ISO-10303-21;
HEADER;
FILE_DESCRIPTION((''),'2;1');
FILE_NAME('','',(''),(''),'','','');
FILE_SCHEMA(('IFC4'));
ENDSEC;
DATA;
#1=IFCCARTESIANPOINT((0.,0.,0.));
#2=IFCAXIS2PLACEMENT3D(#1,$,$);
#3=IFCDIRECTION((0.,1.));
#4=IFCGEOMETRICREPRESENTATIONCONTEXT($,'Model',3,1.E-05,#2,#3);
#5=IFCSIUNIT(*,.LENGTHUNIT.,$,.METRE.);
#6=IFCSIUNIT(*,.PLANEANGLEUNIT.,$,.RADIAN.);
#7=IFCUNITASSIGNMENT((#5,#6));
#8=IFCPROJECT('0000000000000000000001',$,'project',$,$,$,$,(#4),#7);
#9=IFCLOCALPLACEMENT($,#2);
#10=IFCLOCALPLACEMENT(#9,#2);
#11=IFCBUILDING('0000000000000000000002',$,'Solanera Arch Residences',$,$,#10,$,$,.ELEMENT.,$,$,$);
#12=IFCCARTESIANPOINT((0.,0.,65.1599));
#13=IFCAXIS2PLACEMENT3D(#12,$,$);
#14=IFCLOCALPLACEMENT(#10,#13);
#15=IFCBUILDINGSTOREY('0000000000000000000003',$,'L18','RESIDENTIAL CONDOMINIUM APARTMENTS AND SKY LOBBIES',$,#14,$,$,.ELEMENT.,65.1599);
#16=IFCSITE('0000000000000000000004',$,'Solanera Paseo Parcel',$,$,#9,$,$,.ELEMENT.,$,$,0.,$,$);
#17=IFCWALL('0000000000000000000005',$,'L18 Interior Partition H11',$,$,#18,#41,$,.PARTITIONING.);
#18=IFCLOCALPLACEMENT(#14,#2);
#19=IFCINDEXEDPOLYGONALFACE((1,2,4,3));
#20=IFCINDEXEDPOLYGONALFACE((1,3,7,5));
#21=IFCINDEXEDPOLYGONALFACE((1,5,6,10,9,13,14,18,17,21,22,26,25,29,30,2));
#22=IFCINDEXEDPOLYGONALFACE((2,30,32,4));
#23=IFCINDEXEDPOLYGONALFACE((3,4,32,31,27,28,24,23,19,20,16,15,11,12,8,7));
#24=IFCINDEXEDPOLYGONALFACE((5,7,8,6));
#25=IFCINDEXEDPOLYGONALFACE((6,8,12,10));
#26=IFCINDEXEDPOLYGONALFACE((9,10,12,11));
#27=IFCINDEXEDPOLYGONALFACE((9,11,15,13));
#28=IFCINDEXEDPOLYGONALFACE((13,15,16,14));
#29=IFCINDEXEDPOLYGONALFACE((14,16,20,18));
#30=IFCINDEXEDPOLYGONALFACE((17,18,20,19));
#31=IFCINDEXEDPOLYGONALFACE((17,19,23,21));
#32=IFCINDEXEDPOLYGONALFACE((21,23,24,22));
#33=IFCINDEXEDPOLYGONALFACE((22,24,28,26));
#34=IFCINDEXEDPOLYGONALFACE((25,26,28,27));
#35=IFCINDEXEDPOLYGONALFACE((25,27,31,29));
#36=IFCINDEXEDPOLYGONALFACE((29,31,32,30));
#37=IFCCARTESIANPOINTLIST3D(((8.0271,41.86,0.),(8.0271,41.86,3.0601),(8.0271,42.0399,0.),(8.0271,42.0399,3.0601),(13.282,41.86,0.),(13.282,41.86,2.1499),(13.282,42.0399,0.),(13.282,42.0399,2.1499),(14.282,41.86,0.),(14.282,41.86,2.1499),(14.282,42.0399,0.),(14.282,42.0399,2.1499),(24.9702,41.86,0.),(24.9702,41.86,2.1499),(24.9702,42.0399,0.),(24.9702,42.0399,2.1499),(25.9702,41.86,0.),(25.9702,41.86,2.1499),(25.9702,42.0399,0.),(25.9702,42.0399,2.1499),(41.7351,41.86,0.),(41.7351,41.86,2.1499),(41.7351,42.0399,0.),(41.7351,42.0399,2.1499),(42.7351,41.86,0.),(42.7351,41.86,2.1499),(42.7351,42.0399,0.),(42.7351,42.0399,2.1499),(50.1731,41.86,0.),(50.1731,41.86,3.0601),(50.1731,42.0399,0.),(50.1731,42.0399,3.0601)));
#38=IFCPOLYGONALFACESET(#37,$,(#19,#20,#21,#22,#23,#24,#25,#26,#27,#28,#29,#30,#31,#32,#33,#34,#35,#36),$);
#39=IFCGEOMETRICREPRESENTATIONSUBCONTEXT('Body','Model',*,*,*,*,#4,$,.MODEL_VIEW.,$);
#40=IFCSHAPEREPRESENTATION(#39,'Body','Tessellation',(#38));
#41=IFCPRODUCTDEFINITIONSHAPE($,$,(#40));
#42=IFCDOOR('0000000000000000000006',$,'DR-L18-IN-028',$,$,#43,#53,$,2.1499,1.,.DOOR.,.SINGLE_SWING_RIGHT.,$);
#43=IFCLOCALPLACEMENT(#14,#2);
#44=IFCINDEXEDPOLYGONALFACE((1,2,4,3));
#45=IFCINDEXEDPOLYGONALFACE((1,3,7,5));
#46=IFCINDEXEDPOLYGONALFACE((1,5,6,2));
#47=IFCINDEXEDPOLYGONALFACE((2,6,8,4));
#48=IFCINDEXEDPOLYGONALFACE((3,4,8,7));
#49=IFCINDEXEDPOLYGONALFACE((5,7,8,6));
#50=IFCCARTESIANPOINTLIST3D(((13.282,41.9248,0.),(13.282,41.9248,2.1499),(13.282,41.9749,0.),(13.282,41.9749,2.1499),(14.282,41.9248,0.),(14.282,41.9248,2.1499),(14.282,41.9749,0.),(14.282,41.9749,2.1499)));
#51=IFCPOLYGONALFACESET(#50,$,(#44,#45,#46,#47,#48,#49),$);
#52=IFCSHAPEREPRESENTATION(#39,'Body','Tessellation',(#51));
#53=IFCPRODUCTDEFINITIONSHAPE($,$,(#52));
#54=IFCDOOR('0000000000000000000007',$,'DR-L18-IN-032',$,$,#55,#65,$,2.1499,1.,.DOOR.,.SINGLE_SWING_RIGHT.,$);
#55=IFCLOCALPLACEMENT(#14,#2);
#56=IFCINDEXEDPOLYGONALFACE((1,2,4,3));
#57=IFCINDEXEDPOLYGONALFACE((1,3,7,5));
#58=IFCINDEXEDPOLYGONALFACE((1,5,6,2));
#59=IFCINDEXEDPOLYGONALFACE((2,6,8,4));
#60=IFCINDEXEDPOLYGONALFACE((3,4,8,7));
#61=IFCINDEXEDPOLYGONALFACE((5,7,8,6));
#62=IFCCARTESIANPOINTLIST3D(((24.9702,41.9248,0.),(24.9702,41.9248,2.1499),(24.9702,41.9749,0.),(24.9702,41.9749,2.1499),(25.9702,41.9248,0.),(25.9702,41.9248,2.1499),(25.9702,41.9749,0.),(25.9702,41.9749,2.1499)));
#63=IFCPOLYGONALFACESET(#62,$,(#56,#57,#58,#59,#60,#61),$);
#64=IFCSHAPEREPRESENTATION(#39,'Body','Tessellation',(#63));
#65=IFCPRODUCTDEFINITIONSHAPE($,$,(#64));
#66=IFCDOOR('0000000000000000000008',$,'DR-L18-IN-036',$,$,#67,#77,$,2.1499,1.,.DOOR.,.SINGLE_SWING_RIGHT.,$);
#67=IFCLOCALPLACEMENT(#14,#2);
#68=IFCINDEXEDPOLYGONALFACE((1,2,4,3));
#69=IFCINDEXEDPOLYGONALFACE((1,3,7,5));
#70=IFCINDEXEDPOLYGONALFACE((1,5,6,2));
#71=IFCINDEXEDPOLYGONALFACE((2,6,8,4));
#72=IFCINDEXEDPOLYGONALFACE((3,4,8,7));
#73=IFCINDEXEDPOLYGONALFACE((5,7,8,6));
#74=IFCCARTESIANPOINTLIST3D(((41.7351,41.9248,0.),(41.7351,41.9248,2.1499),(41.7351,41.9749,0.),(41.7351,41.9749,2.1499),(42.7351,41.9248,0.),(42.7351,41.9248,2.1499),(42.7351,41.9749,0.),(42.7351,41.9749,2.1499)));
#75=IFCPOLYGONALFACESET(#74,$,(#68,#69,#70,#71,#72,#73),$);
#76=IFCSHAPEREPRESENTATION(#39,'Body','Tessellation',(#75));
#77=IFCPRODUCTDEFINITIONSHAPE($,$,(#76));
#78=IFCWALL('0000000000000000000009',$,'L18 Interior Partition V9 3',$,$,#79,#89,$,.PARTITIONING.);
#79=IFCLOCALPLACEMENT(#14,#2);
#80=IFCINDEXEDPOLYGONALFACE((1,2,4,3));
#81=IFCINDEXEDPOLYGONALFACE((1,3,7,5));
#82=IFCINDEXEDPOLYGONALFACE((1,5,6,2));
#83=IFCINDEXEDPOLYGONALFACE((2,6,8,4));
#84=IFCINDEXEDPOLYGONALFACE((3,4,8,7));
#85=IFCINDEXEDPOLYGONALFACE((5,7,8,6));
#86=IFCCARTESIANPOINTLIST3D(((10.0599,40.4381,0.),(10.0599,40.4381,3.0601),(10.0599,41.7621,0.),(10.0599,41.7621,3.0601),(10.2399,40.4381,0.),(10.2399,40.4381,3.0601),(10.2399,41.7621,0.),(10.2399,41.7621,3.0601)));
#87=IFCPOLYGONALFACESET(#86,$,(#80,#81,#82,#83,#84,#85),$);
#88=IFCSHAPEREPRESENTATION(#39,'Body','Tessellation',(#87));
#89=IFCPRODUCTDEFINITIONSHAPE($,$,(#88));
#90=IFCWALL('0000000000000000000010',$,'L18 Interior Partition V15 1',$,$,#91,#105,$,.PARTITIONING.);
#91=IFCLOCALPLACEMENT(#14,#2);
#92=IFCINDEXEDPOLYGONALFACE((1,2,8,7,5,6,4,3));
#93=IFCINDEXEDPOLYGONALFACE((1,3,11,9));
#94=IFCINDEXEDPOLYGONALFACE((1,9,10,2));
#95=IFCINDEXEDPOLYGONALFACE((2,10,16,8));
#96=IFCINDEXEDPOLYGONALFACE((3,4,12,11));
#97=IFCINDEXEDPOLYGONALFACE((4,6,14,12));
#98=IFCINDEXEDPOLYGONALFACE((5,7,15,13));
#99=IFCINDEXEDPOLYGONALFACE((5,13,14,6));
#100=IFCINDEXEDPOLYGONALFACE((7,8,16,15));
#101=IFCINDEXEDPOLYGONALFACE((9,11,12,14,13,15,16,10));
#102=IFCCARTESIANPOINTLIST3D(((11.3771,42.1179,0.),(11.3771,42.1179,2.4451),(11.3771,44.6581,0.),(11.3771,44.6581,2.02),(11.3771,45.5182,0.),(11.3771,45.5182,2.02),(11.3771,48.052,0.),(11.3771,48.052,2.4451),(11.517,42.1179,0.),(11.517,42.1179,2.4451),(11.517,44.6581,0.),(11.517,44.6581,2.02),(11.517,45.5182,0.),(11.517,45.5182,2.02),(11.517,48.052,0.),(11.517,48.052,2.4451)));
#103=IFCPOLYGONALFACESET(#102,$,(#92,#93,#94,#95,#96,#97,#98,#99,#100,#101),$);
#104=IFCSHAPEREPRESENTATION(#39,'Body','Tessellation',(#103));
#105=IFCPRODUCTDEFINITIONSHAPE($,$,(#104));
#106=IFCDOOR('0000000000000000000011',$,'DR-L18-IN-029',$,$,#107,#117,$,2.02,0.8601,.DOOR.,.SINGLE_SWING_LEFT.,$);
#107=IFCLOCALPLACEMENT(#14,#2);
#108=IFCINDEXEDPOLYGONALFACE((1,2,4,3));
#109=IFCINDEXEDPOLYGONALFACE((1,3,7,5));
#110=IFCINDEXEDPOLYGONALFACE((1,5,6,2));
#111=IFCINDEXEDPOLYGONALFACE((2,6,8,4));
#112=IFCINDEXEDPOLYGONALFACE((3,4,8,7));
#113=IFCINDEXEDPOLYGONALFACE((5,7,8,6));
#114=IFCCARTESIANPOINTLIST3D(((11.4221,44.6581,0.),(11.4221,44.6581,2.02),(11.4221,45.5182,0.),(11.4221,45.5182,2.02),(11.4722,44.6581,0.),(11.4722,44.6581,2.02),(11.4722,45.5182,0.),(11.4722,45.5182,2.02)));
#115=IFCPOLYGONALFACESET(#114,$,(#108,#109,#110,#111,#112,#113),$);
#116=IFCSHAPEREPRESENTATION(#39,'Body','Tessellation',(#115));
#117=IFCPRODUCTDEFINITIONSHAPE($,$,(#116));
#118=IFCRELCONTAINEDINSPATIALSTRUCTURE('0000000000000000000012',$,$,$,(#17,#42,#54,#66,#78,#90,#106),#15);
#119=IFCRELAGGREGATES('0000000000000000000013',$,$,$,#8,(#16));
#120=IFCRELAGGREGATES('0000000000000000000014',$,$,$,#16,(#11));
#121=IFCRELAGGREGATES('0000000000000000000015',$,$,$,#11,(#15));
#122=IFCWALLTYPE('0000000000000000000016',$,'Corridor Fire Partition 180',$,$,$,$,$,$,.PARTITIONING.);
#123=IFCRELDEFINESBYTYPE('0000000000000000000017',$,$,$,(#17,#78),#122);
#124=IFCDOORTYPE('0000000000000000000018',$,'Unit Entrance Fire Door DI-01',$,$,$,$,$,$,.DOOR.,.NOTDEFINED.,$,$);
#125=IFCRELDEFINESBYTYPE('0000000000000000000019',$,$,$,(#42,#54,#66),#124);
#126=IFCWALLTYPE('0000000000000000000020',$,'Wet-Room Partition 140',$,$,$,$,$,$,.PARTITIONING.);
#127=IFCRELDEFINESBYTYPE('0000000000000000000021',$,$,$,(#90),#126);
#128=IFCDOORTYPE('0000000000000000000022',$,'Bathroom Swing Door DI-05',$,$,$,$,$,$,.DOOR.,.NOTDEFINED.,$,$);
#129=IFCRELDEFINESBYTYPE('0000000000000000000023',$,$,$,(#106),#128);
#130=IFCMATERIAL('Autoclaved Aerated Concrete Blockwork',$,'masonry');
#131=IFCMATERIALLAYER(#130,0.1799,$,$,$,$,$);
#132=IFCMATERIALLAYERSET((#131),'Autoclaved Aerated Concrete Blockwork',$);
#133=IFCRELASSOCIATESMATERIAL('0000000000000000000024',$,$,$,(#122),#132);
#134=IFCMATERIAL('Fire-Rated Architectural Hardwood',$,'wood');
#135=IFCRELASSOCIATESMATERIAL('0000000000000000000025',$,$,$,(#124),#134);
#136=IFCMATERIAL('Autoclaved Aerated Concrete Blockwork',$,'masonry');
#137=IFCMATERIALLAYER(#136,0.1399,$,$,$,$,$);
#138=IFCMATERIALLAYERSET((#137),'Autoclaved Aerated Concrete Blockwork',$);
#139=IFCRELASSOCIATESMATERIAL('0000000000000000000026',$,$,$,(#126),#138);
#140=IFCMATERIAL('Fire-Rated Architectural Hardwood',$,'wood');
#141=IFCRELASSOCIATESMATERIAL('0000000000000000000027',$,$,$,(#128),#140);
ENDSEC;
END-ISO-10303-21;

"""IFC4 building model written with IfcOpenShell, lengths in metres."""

from ifc_helpers import new_model, si_unit, direction, frame, frame_2d, origin, place, context, subcontext, project, spatial, rectangle, extrude, material, layer, layer_set, type_object, element, fill, save


model = new_model("IFC4")

# Units and contexts
model_context = context("Model", 3, precision=1e-05, world=origin(), true_north=direction((0.0, 1.0)))
body_context = subcontext(model_context, "Body", "Model", "MODEL_VIEW")
ifc_project = project(units=[si_unit("LENGTHUNIT", "METRE"), si_unit("PLANEANGLEUNIT", "RADIAN")], contexts=[model_context])

# Site, building, storey
site_placement = place(None, origin())
site = spatial("IfcSite", under=ifc_project, at=site_placement, Name="Solanera Paseo Parcel", CompositionType="ELEMENT", RefElevation=0.0)
building_placement = place(site_placement, origin())
building = spatial("IfcBuilding", under=site, at=building_placement, Name="Solanera Arch Residences", CompositionType="ELEMENT")
storey_placement = place(building_placement, frame((0.0, 0.0, 65.1599)))
storey = spatial("IfcBuildingStorey", under=building, at=storey_placement, Name="L18", Description="RESIDENTIAL CONDOMINIUM APARTMENTS AND SKY LOBBIES", CompositionType="ELEMENT", Elevation=65.1599)

# Wall, openings, doors
ifc_material_1 = material(Name="Autoclaved Aerated Concrete Blockwork", Category="masonry")
ifc_layer_1 = layer(ifc_material_1, 0.1799)
ifc_layer_set_1 = layer_set([ifc_layer_1], Name="Autoclaved Aerated Concrete Blockwork")
wall_type_1 = type_object("IfcWallType", Name="Corridor Fire Partition 180", PredefinedType="PARTITIONING", material=ifc_layer_set_1)
ifc_material_2 = material(Name="Fire-Rated Architectural Hardwood", Category="wood")
door_type_1 = type_object("IfcDoorType", Name="Unit Entrance Fire Door DI-01", OperationType="NOTDEFINED", PredefinedType="DOOR", material=ifc_material_2)
wall_1_placement = place(storey_placement, frame((8.0271, 41.95, 0.0), z_axis=(0.0, 0.0, 1.0), x_axis=(1.0, 0.0, 0.0)))
wall_1 = element("IfcWall", 1, at=wall_1_placement, inside=storey, type_object=wall_type_1, Name="L18 Interior Partition H11", PredefinedType="PARTITIONING", context=body_context, shape_type="SweptSolid", body=[
    extrude(rectangle(XDim=42.146, YDim=0.1799, at=frame_2d((21.073, 0.0))), origin(), (0.0, 0.0, 1.0), 3.0601),
])
opening_1_placement = place(wall_1_placement, frame((5.2549, 0.0, 0.0)))
opening_1 = element("IfcOpeningElement", 2, at=opening_1_placement, cuts=wall_1, PredefinedType="OPENING", context=body_context, shape_type="SweptSolid", body=[
    extrude(rectangle(XDim=1.0, YDim=2.1499, at=frame_2d((0.5, 1.075))), frame((0.0, 0.1001, 0.0), z_axis=(0.0, -1.0, 0.0), x_axis=(1.0, 0.0, 0.0)), (0.0, 0.0, 1.0), 0.1999),
])
opening_2_placement = place(wall_1_placement, frame((16.9431, 0.0, 0.0)))
opening_2 = element("IfcOpeningElement", 3, at=opening_2_placement, cuts=wall_1, PredefinedType="OPENING", context=body_context, shape_type="SweptSolid", body=[
    extrude(rectangle(XDim=1.0, YDim=2.1499, at=frame_2d((0.5, 1.075))), frame((0.0, 0.1001, 0.0), z_axis=(0.0, -1.0, 0.0), x_axis=(1.0, 0.0, 0.0)), (0.0, 0.0, 1.0), 0.1999),
])
opening_3_placement = place(wall_1_placement, frame((33.708, 0.0, 0.0)))
opening_3 = element("IfcOpeningElement", 4, at=opening_3_placement, cuts=wall_1, PredefinedType="OPENING", context=body_context, shape_type="SweptSolid", body=[
    extrude(rectangle(XDim=1.0, YDim=2.1499, at=frame_2d((0.5, 1.075))), frame((0.0, 0.1001, 0.0), z_axis=(0.0, -1.0, 0.0), x_axis=(1.0, 0.0, 0.0)), (0.0, 0.0, 1.0), 0.1999),
])
door_1_placement = place(opening_1_placement, origin())
door_1 = element("IfcDoor", 5, at=door_1_placement, inside=storey, type_object=door_type_1, Name="DR-L18-IN-028", OperationType="SINGLE_SWING_RIGHT", OverallHeight=2.1499, OverallWidth=1.0, PredefinedType="DOOR", context=body_context, shape_type="SweptSolid", body=[
    extrude(rectangle(XDim=1.0, YDim=2.1499, at=frame_2d((0.5, 1.075))), frame((0.0, 0.0249, 0.0), z_axis=(0.0, -1.0, 0.0), x_axis=(1.0, 0.0, 0.0)), (0.0, 0.0, 1.0), 0.05),
])
fill(opening_1, door_1)
door_2_placement = place(opening_2_placement, origin())
door_2 = element("IfcDoor", 6, at=door_2_placement, inside=storey, type_object=door_type_1, Name="DR-L18-IN-032", OperationType="SINGLE_SWING_RIGHT", OverallHeight=2.1499, OverallWidth=1.0, PredefinedType="DOOR", context=body_context, shape_type="SweptSolid", body=[
    extrude(rectangle(XDim=1.0, YDim=2.1499, at=frame_2d((0.5, 1.075))), frame((0.0, 0.0249, 0.0), z_axis=(0.0, -1.0, 0.0), x_axis=(1.0, 0.0, 0.0)), (0.0, 0.0, 1.0), 0.05),
])
fill(opening_2, door_2)
door_3_placement = place(opening_3_placement, origin())
door_3 = element("IfcDoor", 7, at=door_3_placement, inside=storey, type_object=door_type_1, Name="DR-L18-IN-036", OperationType="SINGLE_SWING_RIGHT", OverallHeight=2.1499, OverallWidth=1.0, PredefinedType="DOOR", context=body_context, shape_type="SweptSolid", body=[
    extrude(rectangle(XDim=1.0, YDim=2.1499, at=frame_2d((0.5, 1.075))), frame((0.0, 0.0249, 0.0), z_axis=(0.0, -1.0, 0.0), x_axis=(1.0, 0.0, 0.0)), (0.0, 0.0, 1.0), 0.05),
])
fill(opening_3, door_3)

# Wall
wall_2_placement = place(storey_placement, frame((10.1499, 40.438, 0.0), z_axis=(0.0, 0.0, 1.0), x_axis=(0.0, 1.0, 0.0)))
element("IfcWall", 8, at=wall_2_placement, inside=storey, type_object=wall_type_1, Name="L18 Interior Partition V9 3", PredefinedType="PARTITIONING", context=body_context, shape_type="SweptSolid", body=[
    extrude(rectangle(XDim=1.324, YDim=0.1799, at=frame_2d((0.6621, 0.0))), origin(), (0.0, 0.0, 1.0), 3.0601),
])

# Wall, opening, door
ifc_material_3 = material(Name="Autoclaved Aerated Concrete Blockwork", Category="masonry")
ifc_layer_2 = layer(ifc_material_3, 0.1399)
ifc_layer_set_2 = layer_set([ifc_layer_2], Name="Autoclaved Aerated Concrete Blockwork")
wall_type_2 = type_object("IfcWallType", Name="Wet-Room Partition 140", PredefinedType="PARTITIONING", material=ifc_layer_set_2)
wall_3_placement = place(storey_placement, frame((11.447, 42.1179, 0.0), z_axis=(0.0, 0.0, 1.0), x_axis=(0.0, 1.0, 0.0)))
wall_3 = element("IfcWall", 9, at=wall_3_placement, inside=storey, type_object=wall_type_2, Name="L18 Interior Partition V15 1", PredefinedType="PARTITIONING", context=body_context, shape_type="SweptSolid", body=[
    extrude(rectangle(XDim=5.9341, YDim=0.1399, at=frame_2d((2.967, 0.0))), origin(), (0.0, 0.0, 1.0), 2.4451),
])
opening_4_placement = place(wall_3_placement, frame((2.54, 0.0, 0.0)))
opening_4 = element("IfcOpeningElement", 10, at=opening_4_placement, cuts=wall_3, PredefinedType="OPENING", context=body_context, shape_type="SweptSolid", body=[
    extrude(rectangle(XDim=0.8601, YDim=2.02, at=frame_2d((0.4302, 1.01))), frame((0.0, 0.0798, 0.0), z_axis=(0.0, -1.0, 0.0), x_axis=(1.0, 0.0, 0.0)), (0.0, 0.0, 1.0), 0.1599),
])
ifc_material_4 = material(Name="Fire-Rated Architectural Hardwood", Category="wood")
door_type_2 = type_object("IfcDoorType", Name="Bathroom Swing Door DI-05", OperationType="NOTDEFINED", PredefinedType="DOOR", material=ifc_material_4)
door_4_placement = place(opening_4_placement, origin())
door_4 = element("IfcDoor", 11, at=door_4_placement, inside=storey, type_object=door_type_2, Name="DR-L18-IN-029", OperationType="SINGLE_SWING_LEFT", OverallHeight=2.02, OverallWidth=0.8601, PredefinedType="DOOR", context=body_context, shape_type="SweptSolid", body=[
    extrude(rectangle(XDim=0.8601, YDim=2.02, at=frame_2d((0.4302, 1.01))), frame((0.0, 0.0249, 0.0), z_axis=(0.0, -1.0, 0.0), x_axis=(1.0, 0.0, 0.0)), (0.0, 0.0, 1.0), 0.05),
])
fill(opening_4, door_4)

save(model, "model.ifc")
